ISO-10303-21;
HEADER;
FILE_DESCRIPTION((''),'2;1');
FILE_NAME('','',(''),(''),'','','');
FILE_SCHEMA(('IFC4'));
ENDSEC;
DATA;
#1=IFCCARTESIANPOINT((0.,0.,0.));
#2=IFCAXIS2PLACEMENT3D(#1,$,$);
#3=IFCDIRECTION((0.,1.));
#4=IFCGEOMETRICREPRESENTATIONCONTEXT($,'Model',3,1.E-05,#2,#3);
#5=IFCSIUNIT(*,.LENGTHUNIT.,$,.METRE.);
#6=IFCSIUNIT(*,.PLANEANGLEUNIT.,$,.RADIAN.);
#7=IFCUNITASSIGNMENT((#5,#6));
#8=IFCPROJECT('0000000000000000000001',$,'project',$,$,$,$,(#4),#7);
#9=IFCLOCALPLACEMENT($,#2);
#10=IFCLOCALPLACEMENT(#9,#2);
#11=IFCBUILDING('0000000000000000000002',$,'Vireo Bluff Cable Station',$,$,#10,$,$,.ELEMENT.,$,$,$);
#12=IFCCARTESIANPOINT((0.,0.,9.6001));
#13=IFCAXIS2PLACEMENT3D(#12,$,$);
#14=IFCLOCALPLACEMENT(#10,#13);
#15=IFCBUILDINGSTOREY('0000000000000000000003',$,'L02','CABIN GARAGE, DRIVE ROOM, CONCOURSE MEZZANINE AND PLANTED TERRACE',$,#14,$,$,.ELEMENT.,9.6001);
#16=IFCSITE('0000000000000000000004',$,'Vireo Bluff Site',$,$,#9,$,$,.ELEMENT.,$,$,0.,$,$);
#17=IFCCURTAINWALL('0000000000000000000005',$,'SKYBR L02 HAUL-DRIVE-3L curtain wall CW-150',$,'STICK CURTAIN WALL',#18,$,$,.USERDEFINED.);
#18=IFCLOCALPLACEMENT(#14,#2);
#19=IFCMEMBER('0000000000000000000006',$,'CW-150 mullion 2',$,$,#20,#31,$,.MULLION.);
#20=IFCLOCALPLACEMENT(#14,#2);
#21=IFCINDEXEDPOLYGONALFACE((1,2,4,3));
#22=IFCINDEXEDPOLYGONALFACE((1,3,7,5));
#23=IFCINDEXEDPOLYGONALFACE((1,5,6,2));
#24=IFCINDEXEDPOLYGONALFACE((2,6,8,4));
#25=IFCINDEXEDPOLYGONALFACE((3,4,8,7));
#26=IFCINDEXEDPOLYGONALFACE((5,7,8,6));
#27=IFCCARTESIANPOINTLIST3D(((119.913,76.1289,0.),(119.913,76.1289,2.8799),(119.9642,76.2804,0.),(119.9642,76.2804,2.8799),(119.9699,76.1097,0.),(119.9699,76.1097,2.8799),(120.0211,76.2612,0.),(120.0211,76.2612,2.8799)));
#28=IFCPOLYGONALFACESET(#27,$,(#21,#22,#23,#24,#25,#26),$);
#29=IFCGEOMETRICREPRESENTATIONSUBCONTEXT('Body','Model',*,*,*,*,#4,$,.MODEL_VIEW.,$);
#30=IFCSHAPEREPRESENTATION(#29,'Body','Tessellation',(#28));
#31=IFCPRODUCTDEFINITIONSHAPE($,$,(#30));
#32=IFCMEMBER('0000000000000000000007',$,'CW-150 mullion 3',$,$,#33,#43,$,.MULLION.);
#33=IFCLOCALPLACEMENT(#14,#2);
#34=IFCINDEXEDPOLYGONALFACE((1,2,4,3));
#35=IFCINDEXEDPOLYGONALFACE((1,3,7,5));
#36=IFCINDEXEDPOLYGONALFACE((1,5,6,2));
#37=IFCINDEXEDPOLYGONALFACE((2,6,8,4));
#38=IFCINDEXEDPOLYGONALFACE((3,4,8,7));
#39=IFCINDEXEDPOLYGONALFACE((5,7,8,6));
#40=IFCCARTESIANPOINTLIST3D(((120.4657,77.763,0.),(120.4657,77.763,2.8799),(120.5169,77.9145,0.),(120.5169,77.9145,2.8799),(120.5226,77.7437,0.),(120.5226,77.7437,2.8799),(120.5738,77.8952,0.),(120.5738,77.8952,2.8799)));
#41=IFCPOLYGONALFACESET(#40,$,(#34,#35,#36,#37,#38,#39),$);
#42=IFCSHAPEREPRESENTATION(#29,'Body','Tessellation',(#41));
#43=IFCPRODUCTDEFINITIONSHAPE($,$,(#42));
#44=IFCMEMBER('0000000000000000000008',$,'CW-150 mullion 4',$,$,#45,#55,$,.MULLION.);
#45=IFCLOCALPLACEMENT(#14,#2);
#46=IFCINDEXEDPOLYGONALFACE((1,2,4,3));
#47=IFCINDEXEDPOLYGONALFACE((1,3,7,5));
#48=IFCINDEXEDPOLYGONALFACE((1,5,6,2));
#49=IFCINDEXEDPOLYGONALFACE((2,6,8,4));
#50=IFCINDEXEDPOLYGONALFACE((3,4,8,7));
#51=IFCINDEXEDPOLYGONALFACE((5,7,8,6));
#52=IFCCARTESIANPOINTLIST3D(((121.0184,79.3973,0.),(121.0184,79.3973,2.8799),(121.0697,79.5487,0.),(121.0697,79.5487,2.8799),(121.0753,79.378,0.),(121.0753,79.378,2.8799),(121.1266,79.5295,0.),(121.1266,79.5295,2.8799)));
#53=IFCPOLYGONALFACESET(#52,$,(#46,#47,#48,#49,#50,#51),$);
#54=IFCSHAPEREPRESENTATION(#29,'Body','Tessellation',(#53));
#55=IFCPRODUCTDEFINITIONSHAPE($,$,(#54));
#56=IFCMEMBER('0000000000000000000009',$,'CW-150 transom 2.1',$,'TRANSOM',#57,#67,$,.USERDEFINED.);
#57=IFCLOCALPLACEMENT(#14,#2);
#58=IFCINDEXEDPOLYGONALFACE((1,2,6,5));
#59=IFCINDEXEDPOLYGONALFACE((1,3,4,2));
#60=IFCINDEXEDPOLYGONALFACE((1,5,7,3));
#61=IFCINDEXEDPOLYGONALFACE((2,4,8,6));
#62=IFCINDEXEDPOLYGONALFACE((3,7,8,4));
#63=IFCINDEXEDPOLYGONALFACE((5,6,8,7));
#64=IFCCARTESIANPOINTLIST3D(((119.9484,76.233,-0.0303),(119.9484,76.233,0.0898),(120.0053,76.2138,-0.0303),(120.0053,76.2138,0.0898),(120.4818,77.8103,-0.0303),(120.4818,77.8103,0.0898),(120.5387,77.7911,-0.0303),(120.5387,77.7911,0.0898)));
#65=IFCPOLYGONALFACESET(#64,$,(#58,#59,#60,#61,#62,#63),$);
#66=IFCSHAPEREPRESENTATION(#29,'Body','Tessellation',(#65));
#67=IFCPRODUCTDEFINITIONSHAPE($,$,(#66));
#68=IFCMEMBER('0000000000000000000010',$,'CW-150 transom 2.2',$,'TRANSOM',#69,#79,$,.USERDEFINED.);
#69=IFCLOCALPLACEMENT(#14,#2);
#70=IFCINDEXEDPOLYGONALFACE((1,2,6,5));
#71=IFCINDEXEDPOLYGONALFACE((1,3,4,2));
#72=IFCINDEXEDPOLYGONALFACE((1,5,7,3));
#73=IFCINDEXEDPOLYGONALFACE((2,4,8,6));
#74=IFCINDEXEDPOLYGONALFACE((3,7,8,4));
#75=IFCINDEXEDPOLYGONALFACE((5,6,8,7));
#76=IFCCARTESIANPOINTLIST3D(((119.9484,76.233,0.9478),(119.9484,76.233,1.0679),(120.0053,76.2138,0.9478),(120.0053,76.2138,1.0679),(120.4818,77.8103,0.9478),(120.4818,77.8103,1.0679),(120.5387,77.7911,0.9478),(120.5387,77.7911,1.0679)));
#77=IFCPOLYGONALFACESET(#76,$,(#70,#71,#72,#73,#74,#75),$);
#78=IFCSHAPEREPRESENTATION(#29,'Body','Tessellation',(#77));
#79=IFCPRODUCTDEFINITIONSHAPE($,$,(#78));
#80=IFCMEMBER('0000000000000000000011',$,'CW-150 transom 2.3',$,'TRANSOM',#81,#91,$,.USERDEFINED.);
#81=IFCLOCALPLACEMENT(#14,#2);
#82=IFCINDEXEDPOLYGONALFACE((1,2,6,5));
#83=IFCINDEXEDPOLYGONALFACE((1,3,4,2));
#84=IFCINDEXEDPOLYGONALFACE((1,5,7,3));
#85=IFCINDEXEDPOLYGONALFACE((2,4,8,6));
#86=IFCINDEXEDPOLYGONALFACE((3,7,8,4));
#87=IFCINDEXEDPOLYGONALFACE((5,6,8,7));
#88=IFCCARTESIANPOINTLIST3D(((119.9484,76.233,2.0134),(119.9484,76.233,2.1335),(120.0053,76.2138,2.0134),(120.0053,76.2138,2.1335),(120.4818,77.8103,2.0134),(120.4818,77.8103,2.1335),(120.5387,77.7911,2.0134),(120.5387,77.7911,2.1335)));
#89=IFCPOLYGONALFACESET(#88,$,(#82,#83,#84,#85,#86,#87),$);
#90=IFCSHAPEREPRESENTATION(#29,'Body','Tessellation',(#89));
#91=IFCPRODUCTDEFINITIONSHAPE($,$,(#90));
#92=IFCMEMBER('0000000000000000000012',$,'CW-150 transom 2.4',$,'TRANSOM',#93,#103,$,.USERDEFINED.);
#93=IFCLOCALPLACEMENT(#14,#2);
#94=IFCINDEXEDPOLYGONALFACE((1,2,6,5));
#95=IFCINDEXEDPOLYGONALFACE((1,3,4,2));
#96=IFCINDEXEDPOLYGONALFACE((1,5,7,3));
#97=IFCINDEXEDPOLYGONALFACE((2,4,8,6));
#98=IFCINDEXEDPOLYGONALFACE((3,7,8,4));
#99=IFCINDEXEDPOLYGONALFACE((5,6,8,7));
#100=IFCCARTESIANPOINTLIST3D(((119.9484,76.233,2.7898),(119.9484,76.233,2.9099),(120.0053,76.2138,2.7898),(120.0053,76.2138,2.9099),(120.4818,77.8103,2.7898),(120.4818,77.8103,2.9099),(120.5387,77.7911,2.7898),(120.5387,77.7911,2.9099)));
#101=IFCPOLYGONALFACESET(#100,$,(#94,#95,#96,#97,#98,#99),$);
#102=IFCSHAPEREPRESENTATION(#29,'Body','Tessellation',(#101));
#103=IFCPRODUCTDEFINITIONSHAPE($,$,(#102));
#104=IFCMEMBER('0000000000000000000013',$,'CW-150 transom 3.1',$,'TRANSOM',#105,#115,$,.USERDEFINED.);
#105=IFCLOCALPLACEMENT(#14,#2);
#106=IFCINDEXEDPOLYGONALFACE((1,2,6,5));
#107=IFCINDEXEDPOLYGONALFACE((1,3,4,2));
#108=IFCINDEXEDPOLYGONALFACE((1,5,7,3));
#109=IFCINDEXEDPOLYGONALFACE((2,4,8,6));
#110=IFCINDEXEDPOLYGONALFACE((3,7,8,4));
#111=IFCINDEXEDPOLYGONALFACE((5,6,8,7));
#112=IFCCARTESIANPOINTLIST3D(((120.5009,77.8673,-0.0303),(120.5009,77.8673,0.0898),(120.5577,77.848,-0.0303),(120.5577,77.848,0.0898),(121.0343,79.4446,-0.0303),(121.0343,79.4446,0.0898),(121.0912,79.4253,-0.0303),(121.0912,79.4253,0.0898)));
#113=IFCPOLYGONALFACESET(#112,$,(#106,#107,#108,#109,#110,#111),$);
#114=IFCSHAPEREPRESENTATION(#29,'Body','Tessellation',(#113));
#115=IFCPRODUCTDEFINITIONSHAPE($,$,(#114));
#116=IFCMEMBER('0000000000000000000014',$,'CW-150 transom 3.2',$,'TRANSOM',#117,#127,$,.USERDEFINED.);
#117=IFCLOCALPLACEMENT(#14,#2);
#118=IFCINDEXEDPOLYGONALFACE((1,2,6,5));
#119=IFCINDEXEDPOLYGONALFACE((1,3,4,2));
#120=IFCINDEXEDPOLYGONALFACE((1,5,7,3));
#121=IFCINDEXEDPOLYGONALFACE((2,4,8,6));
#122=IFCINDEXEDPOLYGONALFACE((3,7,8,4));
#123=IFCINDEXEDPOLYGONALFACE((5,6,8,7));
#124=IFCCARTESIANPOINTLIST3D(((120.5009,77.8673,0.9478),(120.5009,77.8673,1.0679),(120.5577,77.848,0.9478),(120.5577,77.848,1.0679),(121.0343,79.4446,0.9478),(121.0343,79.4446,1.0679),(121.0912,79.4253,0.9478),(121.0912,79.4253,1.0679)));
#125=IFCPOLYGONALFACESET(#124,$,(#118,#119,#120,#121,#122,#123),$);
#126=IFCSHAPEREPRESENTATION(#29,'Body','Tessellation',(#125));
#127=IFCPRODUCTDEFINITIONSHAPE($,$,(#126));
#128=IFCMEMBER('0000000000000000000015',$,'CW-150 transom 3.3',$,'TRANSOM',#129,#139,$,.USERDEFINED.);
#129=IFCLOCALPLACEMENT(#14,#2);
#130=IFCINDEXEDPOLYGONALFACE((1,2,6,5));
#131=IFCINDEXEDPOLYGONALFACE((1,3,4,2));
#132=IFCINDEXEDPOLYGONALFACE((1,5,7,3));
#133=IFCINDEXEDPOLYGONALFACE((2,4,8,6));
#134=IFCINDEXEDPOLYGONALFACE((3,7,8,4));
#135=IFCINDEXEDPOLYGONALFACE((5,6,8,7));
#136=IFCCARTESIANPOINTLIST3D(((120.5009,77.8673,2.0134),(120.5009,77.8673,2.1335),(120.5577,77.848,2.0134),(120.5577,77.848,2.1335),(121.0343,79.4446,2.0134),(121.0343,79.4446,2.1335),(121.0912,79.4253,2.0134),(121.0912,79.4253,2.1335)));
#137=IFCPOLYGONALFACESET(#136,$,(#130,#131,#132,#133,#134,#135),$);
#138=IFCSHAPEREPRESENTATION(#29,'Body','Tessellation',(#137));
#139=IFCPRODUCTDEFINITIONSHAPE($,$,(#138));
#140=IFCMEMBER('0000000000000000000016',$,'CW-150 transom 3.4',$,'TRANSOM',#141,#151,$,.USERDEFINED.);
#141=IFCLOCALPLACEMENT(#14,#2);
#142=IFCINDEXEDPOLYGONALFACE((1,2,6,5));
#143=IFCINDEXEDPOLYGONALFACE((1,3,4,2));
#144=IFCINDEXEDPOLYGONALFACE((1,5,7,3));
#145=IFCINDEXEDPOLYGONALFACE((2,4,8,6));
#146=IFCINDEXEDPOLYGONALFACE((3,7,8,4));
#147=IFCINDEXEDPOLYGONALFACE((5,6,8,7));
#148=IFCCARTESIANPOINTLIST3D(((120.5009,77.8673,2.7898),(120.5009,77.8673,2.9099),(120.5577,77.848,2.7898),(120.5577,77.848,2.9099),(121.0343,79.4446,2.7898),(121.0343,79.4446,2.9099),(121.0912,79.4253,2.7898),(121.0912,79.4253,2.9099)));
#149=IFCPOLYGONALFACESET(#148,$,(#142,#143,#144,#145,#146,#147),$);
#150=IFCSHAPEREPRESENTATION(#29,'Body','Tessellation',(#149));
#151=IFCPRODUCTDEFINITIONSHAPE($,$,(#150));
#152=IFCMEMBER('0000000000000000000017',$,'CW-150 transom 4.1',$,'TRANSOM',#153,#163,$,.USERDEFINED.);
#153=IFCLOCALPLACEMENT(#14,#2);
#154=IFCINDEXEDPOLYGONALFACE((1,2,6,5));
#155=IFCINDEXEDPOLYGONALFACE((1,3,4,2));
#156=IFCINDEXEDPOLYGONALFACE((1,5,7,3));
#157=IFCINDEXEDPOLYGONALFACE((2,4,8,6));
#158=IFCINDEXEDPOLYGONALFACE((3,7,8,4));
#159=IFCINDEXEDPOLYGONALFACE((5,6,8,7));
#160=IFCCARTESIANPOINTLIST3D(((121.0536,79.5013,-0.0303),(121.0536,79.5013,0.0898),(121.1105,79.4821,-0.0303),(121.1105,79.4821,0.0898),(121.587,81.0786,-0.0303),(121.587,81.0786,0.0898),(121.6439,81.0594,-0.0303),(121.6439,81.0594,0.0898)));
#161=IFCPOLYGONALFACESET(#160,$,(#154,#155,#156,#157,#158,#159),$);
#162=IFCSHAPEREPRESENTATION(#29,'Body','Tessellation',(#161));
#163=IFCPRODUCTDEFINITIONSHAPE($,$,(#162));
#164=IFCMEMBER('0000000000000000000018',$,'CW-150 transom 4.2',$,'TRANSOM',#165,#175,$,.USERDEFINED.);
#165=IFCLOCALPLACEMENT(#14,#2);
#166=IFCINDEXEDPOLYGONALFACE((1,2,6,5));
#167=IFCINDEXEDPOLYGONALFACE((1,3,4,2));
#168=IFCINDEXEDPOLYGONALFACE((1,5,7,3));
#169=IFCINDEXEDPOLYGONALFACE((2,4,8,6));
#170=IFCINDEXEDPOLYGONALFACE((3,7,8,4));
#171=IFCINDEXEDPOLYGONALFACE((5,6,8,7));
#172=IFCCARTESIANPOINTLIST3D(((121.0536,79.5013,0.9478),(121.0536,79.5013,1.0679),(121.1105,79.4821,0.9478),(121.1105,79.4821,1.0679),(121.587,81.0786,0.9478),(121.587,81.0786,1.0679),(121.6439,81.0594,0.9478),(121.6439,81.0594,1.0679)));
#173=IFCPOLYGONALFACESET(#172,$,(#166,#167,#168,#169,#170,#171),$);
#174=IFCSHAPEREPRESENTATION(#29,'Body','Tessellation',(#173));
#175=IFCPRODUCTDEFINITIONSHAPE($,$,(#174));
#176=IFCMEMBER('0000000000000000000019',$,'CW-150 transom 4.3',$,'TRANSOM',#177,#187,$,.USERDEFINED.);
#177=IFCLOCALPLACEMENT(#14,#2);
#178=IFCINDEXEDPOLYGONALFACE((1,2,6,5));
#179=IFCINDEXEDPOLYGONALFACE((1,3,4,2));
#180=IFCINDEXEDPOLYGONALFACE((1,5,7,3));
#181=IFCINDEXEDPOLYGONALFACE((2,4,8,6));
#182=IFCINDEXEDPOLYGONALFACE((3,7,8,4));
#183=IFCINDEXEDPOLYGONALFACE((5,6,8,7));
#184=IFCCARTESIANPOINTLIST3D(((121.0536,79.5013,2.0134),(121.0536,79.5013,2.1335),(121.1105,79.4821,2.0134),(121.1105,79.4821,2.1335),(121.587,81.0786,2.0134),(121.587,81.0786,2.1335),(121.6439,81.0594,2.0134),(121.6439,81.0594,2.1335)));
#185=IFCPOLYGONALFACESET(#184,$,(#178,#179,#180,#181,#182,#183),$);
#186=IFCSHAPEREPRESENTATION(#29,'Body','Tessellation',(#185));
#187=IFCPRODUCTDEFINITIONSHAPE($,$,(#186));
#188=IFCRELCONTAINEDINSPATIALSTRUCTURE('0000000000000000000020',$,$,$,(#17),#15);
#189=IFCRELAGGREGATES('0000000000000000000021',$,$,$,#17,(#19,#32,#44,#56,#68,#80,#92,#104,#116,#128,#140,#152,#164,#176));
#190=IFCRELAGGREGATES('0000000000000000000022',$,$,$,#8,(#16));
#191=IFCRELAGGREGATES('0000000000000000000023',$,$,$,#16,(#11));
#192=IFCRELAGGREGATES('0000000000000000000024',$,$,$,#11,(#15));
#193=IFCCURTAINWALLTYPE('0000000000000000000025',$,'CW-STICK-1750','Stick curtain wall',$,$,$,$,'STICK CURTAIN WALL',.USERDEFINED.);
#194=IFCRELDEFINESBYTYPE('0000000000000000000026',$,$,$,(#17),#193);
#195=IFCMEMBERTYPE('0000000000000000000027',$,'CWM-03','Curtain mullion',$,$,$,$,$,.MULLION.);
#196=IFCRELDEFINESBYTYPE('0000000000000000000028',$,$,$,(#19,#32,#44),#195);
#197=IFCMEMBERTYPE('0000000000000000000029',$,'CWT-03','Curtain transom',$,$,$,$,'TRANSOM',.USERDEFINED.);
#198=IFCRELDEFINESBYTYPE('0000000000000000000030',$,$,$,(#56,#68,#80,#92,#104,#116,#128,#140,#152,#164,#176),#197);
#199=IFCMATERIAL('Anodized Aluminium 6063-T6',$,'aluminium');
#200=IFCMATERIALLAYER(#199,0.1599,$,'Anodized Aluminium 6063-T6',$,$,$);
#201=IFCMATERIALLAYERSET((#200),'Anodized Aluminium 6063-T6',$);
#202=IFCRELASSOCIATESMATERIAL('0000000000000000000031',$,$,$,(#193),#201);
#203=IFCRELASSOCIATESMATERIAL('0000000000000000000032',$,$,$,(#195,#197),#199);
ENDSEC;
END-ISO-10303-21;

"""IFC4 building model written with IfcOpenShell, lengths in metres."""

from ifc_helpers import new_model, si_unit, direction, frame, origin, origin_2d, place, context, subcontext, project, spatial, rectangle, extrude, material, layer, layer_set, material_profile, profile_set, type_object, element, aggregate, save


model = new_model("IFC4")

# Units and contexts
model_context = context("Model", 3, precision=1e-05, world=origin(), true_north=direction((0.0, 1.0)))
body_context = subcontext(model_context, "Body", "Model", "MODEL_VIEW")
ifc_project = project(units=[si_unit("LENGTHUNIT", "METRE"), si_unit("PLANEANGLEUNIT", "RADIAN")], contexts=[model_context])

# Site, building, storey
site_placement = place(None, origin())
site = spatial("IfcSite", under=ifc_project, at=site_placement, Name="Vireo Bluff Site", CompositionType="ELEMENT", RefElevation=0.0)
building_placement = place(site_placement, origin())
building = spatial("IfcBuilding", under=site, at=building_placement, Name="Vireo Bluff Cable Station", CompositionType="ELEMENT")
storey_placement = place(building_placement, frame((0.0, 0.0, 9.6001)))
storey = spatial("IfcBuildingStorey", under=building, at=storey_placement, Name="L02", Description="CABIN GARAGE, DRIVE ROOM, CONCOURSE MEZZANINE AND PLANTED TERRACE", CompositionType="ELEMENT", Elevation=9.6001)

# Curtain wall, members
ifc_material_1 = material(Name="Anodized Aluminium 6063-T6", Category="aluminium")
ifc_layer_1 = layer(ifc_material_1, 0.1599, Name="Anodized Aluminium 6063-T6")
ifc_layer_set_1 = layer_set([ifc_layer_1], Name="Anodized Aluminium 6063-T6")
curtain_wall_type = type_object("IfcCurtainWallType", Name="CW-STICK-1750", Description="Stick curtain wall", ElementType="STICK CURTAIN WALL", PredefinedType="USERDEFINED", material=ifc_layer_set_1)
curtain_wall_placement = place(storey_placement, origin())
curtain_wall = element("IfcCurtainWall", 1, at=curtain_wall_placement, inside=storey, type_object=curtain_wall_type, Name="SKYBR L02 HAUL-DRIVE-3L curtain wall CW-150", ObjectType="STICK CURTAIN WALL", PredefinedType="USERDEFINED")
ifc_material_profile_1 = material_profile(ifc_material_1, rectangle(XDim=0.0601, YDim=0.1599, at=origin_2d()), Name="ALU-M-60X160")
ifc_profile_set_1 = profile_set([ifc_material_profile_1], Name="Anodized Aluminium 6063-T6")
member_type_1 = type_object("IfcMemberType", Name="CWM-03", Description="Curtain mullion", PredefinedType="MULLION", material=ifc_profile_set_1)
member_1_placement = place(storey_placement, frame((119.967, 76.1951, 0.0), z_axis=(0.0, 0.0, 1.0), x_axis=(-0.947298, 0.320354, 0.0)))
member_1 = element("IfcMember", 2, at=member_1_placement, type_object=member_type_1, Name="CW-150 mullion 2", PredefinedType="MULLION", context=body_context, shape_type="SweptSolid", body=[
    extrude(rectangle(XDim=0.0601, YDim=0.1599, at=origin_2d()), origin(), (0.0, 0.0, 1.0), 2.8799),
])
member_2_placement = place(storey_placement, frame((120.5198, 77.8291, 0.0), z_axis=(0.0, 0.0, 1.0), x_axis=(-0.947298, 0.320354, 0.0)))
member_2 = element("IfcMember", 3, at=member_2_placement, type_object=member_type_1, Name="CW-150 mullion 3", PredefinedType="MULLION", context=body_context, shape_type="SweptSolid", body=[
    extrude(rectangle(XDim=0.0601, YDim=0.1599, at=origin_2d()), origin(), (0.0, 0.0, 1.0), 2.8799),
])
member_3_placement = place(storey_placement, frame((121.0725, 79.4634, 0.0), z_axis=(0.0, 0.0, 1.0), x_axis=(-0.947298, 0.320354, 0.0)))
member_3 = element("IfcMember", 4, at=member_3_placement, type_object=member_type_1, Name="CW-150 mullion 4", PredefinedType="MULLION", context=body_context, shape_type="SweptSolid", body=[
    extrude(rectangle(XDim=0.0601, YDim=0.1599, at=origin_2d()), origin(), (0.0, 0.0, 1.0), 2.8799),
])
ifc_material_profile_2 = material_profile(ifc_material_1, rectangle(XDim=0.0601, YDim=0.1201, at=origin_2d()), Name="ALU-T-60X120")
ifc_profile_set_2 = profile_set([ifc_material_profile_2], Name="Anodized Aluminium 6063-T6")
member_type_2 = type_object("IfcMemberType", Name="CWT-03", Description="Curtain transom", ElementType="TRANSOM", PredefinedType="USERDEFINED", material=ifc_profile_set_2)
member_4_placement = place(storey_placement, frame((119.9768, 76.2234, 0.0298), z_axis=(0.320359, 0.947296, 0.0), x_axis=(-0.947296, 0.320359, 0.0)))
member_4 = element("IfcMember", 5, at=member_4_placement, type_object=member_type_2, Name="CW-150 transom 2.1", ObjectType="TRANSOM", PredefinedType="USERDEFINED", context=body_context, shape_type="SweptSolid", body=[
    extrude(rectangle(XDim=0.0601, YDim=0.1201, at=origin_2d()), origin(), (0.0, 0.0, 1.0), 1.665),
])
member_5_placement = place(storey_placement, frame((119.9768, 76.2234, 1.0078), z_axis=(0.320359, 0.947296, 0.0), x_axis=(-0.947296, 0.320359, 0.0)))
member_5 = element("IfcMember", 6, at=member_5_placement, type_object=member_type_2, Name="CW-150 transom 2.2", ObjectType="TRANSOM", PredefinedType="USERDEFINED", context=body_context, shape_type="SweptSolid", body=[
    extrude(rectangle(XDim=0.0601, YDim=0.1201, at=origin_2d()), origin(), (0.0, 0.0, 1.0), 1.665),
])
member_6_placement = place(storey_placement, frame((119.9768, 76.2234, 2.0735), z_axis=(0.320359, 0.947296, 0.0), x_axis=(-0.947296, 0.320359, 0.0)))
member_6 = element("IfcMember", 7, at=member_6_placement, type_object=member_type_2, Name="CW-150 transom 2.3", ObjectType="TRANSOM", PredefinedType="USERDEFINED", context=body_context, shape_type="SweptSolid", body=[
    extrude(rectangle(XDim=0.0601, YDim=0.1201, at=origin_2d()), origin(), (0.0, 0.0, 1.0), 1.665),
])
member_7_placement = place(storey_placement, frame((119.9768, 76.2234, 2.8499), z_axis=(0.320359, 0.947296, 0.0), x_axis=(-0.947296, 0.320359, 0.0)))
member_7 = element("IfcMember", 8, at=member_7_placement, type_object=member_type_2, Name="CW-150 transom 2.4", ObjectType="TRANSOM", PredefinedType="USERDEFINED", context=body_context, shape_type="SweptSolid", body=[
    extrude(rectangle(XDim=0.0601, YDim=0.1201, at=origin_2d()), origin(), (0.0, 0.0, 1.0), 1.665),
])
member_8_placement = place(storey_placement, frame((120.5293, 77.8577, 0.0298), z_axis=(0.320359, 0.947296, 0.0), x_axis=(-0.947296, 0.320359, 0.0)))
member_8 = element("IfcMember", 9, at=member_8_placement, type_object=member_type_2, Name="CW-150 transom 3.1", ObjectType="TRANSOM", PredefinedType="USERDEFINED", context=body_context, shape_type="SweptSolid", body=[
    extrude(rectangle(XDim=0.0601, YDim=0.1201, at=origin_2d()), origin(), (0.0, 0.0, 1.0), 1.665),
])
member_9_placement = place(storey_placement, frame((120.5293, 77.8577, 1.0078), z_axis=(0.320359, 0.947296, 0.0), x_axis=(-0.947296, 0.320359, 0.0)))
member_9 = element("IfcMember", 10, at=member_9_placement, type_object=member_type_2, Name="CW-150 transom 3.2", ObjectType="TRANSOM", PredefinedType="USERDEFINED", context=body_context, shape_type="SweptSolid", body=[
    extrude(rectangle(XDim=0.0601, YDim=0.1201, at=origin_2d()), origin(), (0.0, 0.0, 1.0), 1.665),
])
member_10_placement = place(storey_placement, frame((120.5293, 77.8577, 2.0735), z_axis=(0.320359, 0.947296, 0.0), x_axis=(-0.947296, 0.320359, 0.0)))
member_10 = element("IfcMember", 11, at=member_10_placement, type_object=member_type_2, Name="CW-150 transom 3.3", ObjectType="TRANSOM", PredefinedType="USERDEFINED", context=body_context, shape_type="SweptSolid", body=[
    extrude(rectangle(XDim=0.0601, YDim=0.1201, at=origin_2d()), origin(), (0.0, 0.0, 1.0), 1.665),
])
member_11_placement = place(storey_placement, frame((120.5293, 77.8577, 2.8499), z_axis=(0.320359, 0.947296, 0.0), x_axis=(-0.947296, 0.320359, 0.0)))
member_11 = element("IfcMember", 12, at=member_11_placement, type_object=member_type_2, Name="CW-150 transom 3.4", ObjectType="TRANSOM", PredefinedType="USERDEFINED", context=body_context, shape_type="SweptSolid", body=[
    extrude(rectangle(XDim=0.0601, YDim=0.1201, at=origin_2d()), origin(), (0.0, 0.0, 1.0), 1.665),
])
member_12_placement = place(storey_placement, frame((121.082, 79.4917, 0.0298), z_axis=(0.320359, 0.947296, 0.0), x_axis=(-0.947296, 0.320359, 0.0)))
member_12 = element("IfcMember", 13, at=member_12_placement, type_object=member_type_2, Name="CW-150 transom 4.1", ObjectType="TRANSOM", PredefinedType="USERDEFINED", context=body_context, shape_type="SweptSolid", body=[
    extrude(rectangle(XDim=0.0601, YDim=0.1201, at=origin_2d()), origin(), (0.0, 0.0, 1.0), 1.665),
])
member_13_placement = place(storey_placement, frame((121.082, 79.4917, 1.0078), z_axis=(0.320359, 0.947296, 0.0), x_axis=(-0.947296, 0.320359, 0.0)))
member_13 = element("IfcMember", 14, at=member_13_placement, type_object=member_type_2, Name="CW-150 transom 4.2", ObjectType="TRANSOM", PredefinedType="USERDEFINED", context=body_context, shape_type="SweptSolid", body=[
    extrude(rectangle(XDim=0.0601, YDim=0.1201, at=origin_2d()), origin(), (0.0, 0.0, 1.0), 1.665),
])
member_14_placement = place(storey_placement, frame((121.082, 79.4917, 2.0735), z_axis=(0.320359, 0.947296, 0.0), x_axis=(-0.947296, 0.320359, 0.0)))
member_14 = element("IfcMember", 15, at=member_14_placement, type_object=member_type_2, Name="CW-150 transom 4.3", ObjectType="TRANSOM", PredefinedType="USERDEFINED", context=body_context, shape_type="SweptSolid", body=[
    extrude(rectangle(XDim=0.0601, YDim=0.1201, at=origin_2d()), origin(), (0.0, 0.0, 1.0), 1.665),
])
aggregate(curtain_wall, [member_1, member_2, member_3, member_4, member_5, member_6, member_7, member_8, member_9, member_10, member_11, member_12, member_13, member_14])

save(model, "model.ifc")
